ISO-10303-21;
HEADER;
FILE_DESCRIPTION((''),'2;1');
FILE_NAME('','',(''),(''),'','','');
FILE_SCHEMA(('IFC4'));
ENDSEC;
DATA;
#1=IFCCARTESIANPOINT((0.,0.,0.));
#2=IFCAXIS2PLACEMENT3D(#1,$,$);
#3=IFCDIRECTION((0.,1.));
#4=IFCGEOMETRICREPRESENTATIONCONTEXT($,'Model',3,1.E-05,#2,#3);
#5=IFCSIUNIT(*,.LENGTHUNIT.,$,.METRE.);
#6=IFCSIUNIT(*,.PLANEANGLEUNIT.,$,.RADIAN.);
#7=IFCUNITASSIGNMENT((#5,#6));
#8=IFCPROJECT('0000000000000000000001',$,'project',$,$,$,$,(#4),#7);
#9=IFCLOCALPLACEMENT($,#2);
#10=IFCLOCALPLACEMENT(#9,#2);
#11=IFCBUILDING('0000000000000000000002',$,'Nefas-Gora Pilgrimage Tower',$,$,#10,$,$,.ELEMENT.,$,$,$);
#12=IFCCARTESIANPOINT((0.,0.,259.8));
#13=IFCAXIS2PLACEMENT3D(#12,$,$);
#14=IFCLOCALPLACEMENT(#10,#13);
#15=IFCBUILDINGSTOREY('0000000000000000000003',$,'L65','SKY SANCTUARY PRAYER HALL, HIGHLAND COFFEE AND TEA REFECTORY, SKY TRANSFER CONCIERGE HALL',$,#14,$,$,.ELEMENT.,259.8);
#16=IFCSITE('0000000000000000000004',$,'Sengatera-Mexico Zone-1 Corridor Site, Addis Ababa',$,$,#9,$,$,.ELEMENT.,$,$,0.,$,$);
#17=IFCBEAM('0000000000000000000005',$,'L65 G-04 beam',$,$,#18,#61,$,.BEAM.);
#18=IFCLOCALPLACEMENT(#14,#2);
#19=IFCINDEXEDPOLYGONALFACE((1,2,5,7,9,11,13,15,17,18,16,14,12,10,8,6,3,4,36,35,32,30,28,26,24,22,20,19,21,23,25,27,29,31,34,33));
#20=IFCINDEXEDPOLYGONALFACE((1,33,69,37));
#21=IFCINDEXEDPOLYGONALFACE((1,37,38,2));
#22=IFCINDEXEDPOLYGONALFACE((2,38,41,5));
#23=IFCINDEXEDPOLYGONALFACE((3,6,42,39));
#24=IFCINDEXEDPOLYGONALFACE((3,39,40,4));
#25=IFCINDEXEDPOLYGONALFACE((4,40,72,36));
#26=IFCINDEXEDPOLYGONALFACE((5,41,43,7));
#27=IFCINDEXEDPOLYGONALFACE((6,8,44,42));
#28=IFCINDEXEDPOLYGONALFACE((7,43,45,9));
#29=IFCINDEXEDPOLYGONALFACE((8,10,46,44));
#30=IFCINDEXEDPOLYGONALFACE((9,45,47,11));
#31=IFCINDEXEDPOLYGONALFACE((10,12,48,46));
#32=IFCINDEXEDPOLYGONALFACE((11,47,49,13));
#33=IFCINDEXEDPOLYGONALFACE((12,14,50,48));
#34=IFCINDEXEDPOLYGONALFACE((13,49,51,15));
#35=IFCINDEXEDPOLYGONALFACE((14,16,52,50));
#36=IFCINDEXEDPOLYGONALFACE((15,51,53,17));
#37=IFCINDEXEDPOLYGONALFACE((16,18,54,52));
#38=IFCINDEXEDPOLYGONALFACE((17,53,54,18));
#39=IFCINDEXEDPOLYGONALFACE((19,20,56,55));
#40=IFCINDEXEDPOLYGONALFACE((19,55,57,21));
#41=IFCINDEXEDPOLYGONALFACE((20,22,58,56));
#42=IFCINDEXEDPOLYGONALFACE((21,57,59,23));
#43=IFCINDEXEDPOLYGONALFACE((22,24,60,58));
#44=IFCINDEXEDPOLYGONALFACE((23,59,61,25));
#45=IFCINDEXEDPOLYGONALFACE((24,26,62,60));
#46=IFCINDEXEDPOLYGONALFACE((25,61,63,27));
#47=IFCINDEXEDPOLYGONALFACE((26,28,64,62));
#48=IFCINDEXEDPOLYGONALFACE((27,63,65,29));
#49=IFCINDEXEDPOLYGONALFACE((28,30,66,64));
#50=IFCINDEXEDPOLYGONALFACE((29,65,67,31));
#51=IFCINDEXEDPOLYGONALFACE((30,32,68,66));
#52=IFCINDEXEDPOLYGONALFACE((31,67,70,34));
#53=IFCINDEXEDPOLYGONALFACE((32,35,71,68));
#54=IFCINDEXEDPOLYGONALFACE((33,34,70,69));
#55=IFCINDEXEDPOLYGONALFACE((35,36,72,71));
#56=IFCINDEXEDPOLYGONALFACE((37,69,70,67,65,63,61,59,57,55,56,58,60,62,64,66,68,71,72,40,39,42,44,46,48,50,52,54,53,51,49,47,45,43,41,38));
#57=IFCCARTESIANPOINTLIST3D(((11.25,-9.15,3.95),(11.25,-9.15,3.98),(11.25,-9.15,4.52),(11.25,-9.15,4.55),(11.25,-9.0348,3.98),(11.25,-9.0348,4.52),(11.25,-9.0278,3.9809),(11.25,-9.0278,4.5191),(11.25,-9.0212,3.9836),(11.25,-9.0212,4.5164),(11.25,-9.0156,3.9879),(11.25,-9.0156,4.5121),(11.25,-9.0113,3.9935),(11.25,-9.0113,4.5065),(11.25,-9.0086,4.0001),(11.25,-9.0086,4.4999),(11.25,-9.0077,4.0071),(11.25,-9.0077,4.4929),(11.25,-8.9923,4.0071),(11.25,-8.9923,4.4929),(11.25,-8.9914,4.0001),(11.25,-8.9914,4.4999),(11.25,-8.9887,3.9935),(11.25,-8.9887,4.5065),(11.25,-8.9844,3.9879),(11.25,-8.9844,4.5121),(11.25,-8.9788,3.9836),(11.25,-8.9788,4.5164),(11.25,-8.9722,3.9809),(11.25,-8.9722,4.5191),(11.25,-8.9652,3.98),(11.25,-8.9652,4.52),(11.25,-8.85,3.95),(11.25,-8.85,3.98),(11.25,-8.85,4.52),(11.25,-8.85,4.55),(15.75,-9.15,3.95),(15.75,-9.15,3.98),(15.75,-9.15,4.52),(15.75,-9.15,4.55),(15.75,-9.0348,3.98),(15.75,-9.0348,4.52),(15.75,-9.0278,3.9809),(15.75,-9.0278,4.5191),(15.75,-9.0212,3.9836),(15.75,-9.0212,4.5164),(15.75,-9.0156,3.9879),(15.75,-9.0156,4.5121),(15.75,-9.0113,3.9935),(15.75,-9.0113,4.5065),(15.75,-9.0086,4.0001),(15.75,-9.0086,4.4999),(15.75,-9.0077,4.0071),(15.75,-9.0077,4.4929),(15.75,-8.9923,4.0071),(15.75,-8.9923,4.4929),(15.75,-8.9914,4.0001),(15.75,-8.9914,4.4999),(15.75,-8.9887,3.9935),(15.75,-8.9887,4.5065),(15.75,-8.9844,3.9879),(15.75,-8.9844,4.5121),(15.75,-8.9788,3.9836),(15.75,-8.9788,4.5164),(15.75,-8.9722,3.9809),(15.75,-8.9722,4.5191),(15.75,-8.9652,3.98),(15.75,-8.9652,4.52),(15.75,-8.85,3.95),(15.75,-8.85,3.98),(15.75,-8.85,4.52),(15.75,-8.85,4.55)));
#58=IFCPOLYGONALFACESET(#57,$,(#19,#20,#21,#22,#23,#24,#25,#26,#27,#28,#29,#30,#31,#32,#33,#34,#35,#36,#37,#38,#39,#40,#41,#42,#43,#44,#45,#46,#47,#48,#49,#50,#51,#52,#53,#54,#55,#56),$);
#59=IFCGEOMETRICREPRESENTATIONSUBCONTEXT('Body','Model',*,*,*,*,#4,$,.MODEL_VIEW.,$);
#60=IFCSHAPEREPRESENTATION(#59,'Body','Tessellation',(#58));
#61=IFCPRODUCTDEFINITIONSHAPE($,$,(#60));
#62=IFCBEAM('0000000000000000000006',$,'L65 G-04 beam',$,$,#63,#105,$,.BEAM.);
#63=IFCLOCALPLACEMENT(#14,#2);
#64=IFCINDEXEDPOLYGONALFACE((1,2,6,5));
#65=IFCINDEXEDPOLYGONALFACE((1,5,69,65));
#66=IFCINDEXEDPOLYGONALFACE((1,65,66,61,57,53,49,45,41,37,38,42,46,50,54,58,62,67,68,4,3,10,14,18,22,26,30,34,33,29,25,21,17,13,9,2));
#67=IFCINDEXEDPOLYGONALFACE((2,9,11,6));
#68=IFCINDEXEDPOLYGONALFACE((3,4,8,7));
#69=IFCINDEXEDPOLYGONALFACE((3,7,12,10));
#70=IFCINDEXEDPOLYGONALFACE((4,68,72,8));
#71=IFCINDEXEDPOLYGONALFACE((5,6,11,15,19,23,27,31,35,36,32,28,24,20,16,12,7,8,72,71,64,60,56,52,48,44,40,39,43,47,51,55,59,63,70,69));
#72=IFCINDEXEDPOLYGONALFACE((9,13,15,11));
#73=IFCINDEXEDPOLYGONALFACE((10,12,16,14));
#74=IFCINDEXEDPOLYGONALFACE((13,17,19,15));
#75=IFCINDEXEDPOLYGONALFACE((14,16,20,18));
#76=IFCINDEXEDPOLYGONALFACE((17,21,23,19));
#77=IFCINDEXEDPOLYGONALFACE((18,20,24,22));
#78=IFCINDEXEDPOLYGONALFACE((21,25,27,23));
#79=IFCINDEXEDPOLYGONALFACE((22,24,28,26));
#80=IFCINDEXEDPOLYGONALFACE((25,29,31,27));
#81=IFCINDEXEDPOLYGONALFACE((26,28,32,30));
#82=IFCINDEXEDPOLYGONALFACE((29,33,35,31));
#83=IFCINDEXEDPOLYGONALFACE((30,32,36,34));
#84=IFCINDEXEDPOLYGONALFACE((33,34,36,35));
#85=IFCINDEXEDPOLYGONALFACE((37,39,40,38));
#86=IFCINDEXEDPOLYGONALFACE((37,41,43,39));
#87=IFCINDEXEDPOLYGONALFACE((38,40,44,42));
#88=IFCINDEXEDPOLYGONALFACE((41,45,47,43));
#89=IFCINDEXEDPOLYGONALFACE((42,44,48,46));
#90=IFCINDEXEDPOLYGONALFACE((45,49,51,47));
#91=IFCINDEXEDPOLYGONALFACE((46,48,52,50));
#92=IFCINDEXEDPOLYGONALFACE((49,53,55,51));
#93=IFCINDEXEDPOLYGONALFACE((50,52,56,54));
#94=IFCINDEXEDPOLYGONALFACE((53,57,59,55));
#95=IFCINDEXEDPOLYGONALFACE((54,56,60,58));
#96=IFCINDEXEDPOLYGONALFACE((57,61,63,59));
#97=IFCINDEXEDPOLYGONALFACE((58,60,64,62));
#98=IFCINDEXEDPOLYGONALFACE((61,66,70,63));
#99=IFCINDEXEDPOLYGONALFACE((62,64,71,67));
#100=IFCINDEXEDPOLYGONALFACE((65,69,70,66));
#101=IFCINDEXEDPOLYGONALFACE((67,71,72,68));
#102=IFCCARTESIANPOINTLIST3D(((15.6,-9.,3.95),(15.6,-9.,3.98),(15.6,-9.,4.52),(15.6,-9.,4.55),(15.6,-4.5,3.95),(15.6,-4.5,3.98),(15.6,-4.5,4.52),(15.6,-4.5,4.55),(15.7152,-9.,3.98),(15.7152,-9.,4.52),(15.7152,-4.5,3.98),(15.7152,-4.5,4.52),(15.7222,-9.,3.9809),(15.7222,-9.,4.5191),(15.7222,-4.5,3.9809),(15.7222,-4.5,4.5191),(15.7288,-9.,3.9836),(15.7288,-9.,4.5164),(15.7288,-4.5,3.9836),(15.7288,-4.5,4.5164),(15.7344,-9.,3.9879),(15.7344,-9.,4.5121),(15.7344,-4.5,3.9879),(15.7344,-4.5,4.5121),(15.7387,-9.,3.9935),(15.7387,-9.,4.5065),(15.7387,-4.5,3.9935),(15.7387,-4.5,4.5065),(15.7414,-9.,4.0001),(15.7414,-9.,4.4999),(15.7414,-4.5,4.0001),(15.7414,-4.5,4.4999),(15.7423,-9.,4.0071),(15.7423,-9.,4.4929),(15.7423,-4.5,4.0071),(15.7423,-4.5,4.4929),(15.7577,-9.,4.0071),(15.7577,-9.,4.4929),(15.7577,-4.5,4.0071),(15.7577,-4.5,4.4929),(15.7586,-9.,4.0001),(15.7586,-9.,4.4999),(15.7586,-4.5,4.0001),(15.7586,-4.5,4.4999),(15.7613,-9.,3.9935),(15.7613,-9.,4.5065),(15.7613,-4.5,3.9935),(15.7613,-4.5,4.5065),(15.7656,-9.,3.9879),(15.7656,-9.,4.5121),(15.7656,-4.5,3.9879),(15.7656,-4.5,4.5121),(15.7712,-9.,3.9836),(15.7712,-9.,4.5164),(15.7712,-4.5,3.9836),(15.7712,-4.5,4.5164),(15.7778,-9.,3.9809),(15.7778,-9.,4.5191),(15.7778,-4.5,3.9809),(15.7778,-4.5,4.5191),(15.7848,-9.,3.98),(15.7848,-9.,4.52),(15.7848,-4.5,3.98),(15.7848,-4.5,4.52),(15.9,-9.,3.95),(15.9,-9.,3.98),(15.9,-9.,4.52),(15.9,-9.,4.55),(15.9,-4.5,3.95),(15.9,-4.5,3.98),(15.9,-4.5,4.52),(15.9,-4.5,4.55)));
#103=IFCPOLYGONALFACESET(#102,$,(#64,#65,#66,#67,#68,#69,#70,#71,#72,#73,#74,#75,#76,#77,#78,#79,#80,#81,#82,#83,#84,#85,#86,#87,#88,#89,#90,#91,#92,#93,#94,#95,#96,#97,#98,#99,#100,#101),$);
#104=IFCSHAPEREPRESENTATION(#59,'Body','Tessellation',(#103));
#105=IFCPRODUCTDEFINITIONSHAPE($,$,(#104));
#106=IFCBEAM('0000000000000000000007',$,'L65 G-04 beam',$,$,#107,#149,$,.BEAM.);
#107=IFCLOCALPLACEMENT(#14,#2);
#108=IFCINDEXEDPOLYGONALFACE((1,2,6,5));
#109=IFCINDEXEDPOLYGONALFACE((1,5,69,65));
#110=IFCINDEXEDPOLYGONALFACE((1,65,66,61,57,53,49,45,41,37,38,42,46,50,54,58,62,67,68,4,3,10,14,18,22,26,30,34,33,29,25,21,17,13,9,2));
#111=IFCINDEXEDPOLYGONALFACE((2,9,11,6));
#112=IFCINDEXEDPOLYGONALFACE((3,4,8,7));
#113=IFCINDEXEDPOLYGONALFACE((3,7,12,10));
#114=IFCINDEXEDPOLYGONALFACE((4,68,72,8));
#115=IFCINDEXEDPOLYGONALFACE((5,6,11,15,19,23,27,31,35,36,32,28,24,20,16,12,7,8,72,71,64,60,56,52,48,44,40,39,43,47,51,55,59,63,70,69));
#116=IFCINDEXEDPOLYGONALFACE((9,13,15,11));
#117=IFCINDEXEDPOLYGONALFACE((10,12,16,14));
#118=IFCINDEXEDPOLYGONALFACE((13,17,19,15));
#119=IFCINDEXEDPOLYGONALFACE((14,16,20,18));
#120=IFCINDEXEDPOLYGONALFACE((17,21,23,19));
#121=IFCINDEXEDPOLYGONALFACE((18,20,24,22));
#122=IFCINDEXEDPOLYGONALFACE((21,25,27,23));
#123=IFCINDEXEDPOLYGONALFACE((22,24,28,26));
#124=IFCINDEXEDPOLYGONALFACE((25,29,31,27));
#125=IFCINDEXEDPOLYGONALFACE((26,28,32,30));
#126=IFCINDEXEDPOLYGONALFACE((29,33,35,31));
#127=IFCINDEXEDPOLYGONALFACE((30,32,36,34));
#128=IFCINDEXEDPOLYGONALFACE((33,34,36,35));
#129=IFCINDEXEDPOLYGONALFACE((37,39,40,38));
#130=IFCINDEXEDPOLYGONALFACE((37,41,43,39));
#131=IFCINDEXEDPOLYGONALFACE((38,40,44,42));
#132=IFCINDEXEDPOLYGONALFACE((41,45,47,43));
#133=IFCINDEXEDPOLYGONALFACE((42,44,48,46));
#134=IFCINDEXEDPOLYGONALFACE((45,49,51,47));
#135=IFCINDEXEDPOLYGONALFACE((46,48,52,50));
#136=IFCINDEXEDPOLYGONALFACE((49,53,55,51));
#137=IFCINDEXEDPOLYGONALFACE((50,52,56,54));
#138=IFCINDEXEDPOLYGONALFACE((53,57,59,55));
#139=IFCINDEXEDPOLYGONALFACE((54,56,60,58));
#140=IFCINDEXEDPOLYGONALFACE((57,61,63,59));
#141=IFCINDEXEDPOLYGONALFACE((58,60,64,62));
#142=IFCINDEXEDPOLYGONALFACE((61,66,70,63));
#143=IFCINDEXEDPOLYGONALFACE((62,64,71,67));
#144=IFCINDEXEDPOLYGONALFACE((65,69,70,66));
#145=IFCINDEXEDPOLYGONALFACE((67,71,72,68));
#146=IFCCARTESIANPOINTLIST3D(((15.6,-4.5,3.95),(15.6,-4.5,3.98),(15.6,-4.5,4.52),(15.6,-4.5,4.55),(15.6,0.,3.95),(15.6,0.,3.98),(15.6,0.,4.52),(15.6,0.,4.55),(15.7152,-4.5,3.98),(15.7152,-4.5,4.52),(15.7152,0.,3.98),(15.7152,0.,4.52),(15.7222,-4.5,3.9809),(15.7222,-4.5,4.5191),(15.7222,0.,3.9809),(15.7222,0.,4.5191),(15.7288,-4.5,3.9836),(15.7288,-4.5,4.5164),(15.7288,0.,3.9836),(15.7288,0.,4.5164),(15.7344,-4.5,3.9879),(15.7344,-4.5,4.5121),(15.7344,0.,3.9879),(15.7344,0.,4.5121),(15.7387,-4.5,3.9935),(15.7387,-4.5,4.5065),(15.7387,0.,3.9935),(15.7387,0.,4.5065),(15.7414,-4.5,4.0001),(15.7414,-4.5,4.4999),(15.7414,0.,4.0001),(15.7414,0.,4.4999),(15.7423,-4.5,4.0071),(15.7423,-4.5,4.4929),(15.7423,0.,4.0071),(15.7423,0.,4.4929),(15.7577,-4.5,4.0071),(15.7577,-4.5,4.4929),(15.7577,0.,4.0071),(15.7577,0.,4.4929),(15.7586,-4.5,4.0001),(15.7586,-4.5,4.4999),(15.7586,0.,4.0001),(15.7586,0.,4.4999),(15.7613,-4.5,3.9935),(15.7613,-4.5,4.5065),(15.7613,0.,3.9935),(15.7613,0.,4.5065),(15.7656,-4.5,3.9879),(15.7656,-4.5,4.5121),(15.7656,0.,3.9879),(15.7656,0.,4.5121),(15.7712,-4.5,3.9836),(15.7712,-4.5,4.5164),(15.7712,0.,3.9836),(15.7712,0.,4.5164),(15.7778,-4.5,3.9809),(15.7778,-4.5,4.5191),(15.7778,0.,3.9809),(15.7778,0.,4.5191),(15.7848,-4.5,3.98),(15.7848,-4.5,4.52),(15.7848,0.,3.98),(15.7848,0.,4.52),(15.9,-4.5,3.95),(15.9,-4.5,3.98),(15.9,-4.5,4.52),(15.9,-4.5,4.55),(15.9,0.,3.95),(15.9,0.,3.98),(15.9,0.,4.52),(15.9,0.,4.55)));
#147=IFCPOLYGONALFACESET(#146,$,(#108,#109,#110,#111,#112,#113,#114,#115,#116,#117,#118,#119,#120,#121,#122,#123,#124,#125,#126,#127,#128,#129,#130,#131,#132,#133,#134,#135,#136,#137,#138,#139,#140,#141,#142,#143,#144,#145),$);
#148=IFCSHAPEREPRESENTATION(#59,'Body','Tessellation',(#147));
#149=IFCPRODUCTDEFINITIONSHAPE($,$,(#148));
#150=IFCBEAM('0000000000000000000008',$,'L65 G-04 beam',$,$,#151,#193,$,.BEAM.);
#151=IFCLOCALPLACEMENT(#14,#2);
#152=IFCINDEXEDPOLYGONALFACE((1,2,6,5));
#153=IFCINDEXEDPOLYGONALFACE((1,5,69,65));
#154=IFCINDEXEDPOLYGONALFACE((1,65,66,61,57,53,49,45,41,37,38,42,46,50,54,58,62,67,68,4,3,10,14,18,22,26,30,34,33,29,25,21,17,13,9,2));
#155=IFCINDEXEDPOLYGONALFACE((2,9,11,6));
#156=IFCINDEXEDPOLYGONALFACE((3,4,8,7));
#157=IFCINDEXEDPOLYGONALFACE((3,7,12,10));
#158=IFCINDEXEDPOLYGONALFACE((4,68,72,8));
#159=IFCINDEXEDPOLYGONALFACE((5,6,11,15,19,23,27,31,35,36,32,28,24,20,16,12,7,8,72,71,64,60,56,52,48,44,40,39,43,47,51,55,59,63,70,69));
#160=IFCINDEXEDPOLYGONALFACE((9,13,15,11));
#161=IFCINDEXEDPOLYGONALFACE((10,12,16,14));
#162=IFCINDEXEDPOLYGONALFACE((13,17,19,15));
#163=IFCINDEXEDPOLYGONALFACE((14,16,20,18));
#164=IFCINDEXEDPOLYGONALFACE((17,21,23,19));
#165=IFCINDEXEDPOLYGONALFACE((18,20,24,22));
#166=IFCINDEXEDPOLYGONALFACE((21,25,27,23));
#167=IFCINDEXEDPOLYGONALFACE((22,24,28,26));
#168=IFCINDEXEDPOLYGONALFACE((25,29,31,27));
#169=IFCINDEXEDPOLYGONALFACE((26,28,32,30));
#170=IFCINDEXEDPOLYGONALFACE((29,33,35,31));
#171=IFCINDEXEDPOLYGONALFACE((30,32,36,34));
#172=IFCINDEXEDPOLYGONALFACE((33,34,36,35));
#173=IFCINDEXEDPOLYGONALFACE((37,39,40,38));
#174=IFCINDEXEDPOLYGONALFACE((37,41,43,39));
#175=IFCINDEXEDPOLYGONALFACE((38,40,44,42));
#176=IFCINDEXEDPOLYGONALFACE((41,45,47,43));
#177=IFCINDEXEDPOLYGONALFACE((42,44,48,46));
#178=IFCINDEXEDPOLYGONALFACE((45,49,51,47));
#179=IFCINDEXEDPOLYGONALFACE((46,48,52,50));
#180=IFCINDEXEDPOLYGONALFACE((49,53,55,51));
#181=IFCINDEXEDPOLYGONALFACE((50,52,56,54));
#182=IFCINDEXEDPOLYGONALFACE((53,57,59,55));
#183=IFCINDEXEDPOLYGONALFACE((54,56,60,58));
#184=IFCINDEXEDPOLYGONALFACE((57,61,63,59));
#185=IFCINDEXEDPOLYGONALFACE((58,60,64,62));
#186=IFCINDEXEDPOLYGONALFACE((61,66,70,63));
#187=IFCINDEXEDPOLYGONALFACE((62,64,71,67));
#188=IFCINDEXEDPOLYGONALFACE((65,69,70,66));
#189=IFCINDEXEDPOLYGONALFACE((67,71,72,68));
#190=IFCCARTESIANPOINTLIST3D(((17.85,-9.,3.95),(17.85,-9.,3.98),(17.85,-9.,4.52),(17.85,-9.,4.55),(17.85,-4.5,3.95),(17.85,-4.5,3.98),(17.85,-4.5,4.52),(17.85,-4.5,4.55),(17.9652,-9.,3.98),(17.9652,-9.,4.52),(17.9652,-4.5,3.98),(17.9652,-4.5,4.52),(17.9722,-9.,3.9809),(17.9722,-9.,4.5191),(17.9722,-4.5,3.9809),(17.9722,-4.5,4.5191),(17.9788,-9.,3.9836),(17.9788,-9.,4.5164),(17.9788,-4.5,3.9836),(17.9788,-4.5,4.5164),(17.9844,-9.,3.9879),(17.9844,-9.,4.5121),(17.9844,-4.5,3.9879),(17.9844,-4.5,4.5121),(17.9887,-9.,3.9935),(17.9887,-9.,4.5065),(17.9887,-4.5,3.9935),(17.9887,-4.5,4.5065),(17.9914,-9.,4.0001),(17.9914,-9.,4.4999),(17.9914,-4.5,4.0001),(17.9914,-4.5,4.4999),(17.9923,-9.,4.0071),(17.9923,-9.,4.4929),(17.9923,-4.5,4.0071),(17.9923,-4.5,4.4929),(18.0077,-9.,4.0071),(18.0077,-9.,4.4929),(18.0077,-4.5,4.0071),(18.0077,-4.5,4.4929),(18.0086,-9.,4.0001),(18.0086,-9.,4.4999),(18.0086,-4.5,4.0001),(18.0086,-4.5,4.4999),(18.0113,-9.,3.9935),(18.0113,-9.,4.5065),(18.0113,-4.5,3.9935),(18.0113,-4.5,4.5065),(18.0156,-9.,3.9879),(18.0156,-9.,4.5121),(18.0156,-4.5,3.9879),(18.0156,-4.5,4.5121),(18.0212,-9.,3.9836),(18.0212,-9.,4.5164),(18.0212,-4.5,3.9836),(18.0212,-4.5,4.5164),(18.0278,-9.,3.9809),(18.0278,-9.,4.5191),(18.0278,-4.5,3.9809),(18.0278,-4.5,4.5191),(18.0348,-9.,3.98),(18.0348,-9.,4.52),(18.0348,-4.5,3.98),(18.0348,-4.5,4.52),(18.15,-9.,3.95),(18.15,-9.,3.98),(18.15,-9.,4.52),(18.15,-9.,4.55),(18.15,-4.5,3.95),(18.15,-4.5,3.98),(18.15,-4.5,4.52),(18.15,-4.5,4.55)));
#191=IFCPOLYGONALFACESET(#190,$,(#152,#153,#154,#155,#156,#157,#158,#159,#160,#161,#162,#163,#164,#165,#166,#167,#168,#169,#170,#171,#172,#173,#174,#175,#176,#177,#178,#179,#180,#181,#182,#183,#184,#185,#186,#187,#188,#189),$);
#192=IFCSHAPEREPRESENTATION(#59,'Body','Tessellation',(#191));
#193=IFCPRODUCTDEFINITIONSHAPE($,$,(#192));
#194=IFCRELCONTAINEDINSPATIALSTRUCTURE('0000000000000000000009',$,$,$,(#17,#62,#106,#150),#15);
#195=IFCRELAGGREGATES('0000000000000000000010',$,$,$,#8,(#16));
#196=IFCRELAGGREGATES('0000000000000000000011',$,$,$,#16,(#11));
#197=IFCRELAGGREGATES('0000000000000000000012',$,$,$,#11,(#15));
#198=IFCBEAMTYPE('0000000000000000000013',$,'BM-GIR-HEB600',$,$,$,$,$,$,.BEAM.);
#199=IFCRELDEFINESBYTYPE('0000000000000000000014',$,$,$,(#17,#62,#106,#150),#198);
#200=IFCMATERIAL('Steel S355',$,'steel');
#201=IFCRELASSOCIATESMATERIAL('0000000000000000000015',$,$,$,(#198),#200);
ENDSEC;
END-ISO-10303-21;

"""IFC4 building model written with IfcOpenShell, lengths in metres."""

from ifc_helpers import new_model, si_unit, direction, frame, origin, origin_2d, place, context, subcontext, project, spatial, i_section, extrude, source, transform, mapped, material, material_profile, profile_set, type_object, element, save


model = new_model("IFC4")

# Units and contexts
model_context = context("Model", 3, precision=1e-05, world=origin(), true_north=direction((0.0, 1.0)))
body_context = subcontext(model_context, "Body", "Model", "MODEL_VIEW")
ifc_project = project(units=[si_unit("LENGTHUNIT", "METRE"), si_unit("PLANEANGLEUNIT", "RADIAN")], contexts=[model_context])

# Site, building, storey
site_placement = place(None, origin())
site = spatial("IfcSite", under=ifc_project, at=site_placement, Name="Sengatera-Mexico Zone-1 Corridor Site, Addis Ababa", CompositionType="ELEMENT", RefElevation=0.0)
building_placement = place(site_placement, origin())
building = spatial("IfcBuilding", under=site, at=building_placement, Name="Nefas-Gora Pilgrimage Tower", CompositionType="ELEMENT")
storey_placement = place(building_placement, frame((0.0, 0.0, 259.8)))
storey = spatial("IfcBuildingStorey", under=building, at=storey_placement, Name="L65", Description="SKY SANCTUARY PRAYER HALL, HIGHLAND COFFEE AND TEA REFECTORY, SKY TRANSFER CONCIERGE HALL", CompositionType="ELEMENT", Elevation=259.8)

# Beams
ifc_material_1 = material(Name="Steel S355", Category="steel")
ifc_material_profile_1 = material_profile(ifc_material_1, i_section(OverallWidth=0.3, OverallDepth=0.6001, WebThickness=0.0154, FlangeThickness=0.03, FilletRadius=0.0271, at=origin_2d()), Name="HEB 600")
ifc_profile_set_1 = profile_set([ifc_material_profile_1], Name="Steel S355")
beam_type_1 = type_object("IfcBeamType", Name="BM-GIR-HEB600", PredefinedType="BEAM", material=ifc_profile_set_1)
shared_shape_1 = source(origin(), body_context, "Body", "SweptSolid", [
    extrude(i_section(OverallWidth=0.3, OverallDepth=0.6001, WebThickness=0.0154, FlangeThickness=0.03, FilletRadius=0.0271, at=origin_2d()), origin(), (0.0, 0.0, 1.0), 4.5),
])
for number, where, z_axis, x_axis, name in (
    (1, (11.25, -9.0, 4.25), (1.0, 0.0, 0.0), (0.0, 1.0, 0.0), "L65 G-04 beam"),
    (2, (15.75, -9.0, 4.25), (0.0, 1.0, 0.0), (-1.0, 0.0, 0.0), "L65 G-04 beam"),
    (3, (15.75, -4.5, 4.25), (0.0, 1.0, 0.0), (-1.0, 0.0, 0.0), "L65 G-04 beam"),
    (4, (18.0, -9.0, 4.25), (0.0, 1.0, 0.0), (-1.0, 0.0, 0.0), "L65 G-04 beam"),
):
    element("IfcBeam", number, at=place(storey_placement, frame(where, z_axis=z_axis, x_axis=x_axis)), inside=storey, type_object=beam_type_1, Name=name, PredefinedType="BEAM", context=body_context, shape_type="MappedRepresentation", body=[
        mapped(shared_shape_1, transform((0.0, 0.0, 0.0), x_axis=(1.0, 0.0, 0.0), y_axis=(0.0, 1.0, 0.0), z_axis=(0.0, 0.0, 1.0), scale=1.0)),
    ])

save(model, "model.ifc")
